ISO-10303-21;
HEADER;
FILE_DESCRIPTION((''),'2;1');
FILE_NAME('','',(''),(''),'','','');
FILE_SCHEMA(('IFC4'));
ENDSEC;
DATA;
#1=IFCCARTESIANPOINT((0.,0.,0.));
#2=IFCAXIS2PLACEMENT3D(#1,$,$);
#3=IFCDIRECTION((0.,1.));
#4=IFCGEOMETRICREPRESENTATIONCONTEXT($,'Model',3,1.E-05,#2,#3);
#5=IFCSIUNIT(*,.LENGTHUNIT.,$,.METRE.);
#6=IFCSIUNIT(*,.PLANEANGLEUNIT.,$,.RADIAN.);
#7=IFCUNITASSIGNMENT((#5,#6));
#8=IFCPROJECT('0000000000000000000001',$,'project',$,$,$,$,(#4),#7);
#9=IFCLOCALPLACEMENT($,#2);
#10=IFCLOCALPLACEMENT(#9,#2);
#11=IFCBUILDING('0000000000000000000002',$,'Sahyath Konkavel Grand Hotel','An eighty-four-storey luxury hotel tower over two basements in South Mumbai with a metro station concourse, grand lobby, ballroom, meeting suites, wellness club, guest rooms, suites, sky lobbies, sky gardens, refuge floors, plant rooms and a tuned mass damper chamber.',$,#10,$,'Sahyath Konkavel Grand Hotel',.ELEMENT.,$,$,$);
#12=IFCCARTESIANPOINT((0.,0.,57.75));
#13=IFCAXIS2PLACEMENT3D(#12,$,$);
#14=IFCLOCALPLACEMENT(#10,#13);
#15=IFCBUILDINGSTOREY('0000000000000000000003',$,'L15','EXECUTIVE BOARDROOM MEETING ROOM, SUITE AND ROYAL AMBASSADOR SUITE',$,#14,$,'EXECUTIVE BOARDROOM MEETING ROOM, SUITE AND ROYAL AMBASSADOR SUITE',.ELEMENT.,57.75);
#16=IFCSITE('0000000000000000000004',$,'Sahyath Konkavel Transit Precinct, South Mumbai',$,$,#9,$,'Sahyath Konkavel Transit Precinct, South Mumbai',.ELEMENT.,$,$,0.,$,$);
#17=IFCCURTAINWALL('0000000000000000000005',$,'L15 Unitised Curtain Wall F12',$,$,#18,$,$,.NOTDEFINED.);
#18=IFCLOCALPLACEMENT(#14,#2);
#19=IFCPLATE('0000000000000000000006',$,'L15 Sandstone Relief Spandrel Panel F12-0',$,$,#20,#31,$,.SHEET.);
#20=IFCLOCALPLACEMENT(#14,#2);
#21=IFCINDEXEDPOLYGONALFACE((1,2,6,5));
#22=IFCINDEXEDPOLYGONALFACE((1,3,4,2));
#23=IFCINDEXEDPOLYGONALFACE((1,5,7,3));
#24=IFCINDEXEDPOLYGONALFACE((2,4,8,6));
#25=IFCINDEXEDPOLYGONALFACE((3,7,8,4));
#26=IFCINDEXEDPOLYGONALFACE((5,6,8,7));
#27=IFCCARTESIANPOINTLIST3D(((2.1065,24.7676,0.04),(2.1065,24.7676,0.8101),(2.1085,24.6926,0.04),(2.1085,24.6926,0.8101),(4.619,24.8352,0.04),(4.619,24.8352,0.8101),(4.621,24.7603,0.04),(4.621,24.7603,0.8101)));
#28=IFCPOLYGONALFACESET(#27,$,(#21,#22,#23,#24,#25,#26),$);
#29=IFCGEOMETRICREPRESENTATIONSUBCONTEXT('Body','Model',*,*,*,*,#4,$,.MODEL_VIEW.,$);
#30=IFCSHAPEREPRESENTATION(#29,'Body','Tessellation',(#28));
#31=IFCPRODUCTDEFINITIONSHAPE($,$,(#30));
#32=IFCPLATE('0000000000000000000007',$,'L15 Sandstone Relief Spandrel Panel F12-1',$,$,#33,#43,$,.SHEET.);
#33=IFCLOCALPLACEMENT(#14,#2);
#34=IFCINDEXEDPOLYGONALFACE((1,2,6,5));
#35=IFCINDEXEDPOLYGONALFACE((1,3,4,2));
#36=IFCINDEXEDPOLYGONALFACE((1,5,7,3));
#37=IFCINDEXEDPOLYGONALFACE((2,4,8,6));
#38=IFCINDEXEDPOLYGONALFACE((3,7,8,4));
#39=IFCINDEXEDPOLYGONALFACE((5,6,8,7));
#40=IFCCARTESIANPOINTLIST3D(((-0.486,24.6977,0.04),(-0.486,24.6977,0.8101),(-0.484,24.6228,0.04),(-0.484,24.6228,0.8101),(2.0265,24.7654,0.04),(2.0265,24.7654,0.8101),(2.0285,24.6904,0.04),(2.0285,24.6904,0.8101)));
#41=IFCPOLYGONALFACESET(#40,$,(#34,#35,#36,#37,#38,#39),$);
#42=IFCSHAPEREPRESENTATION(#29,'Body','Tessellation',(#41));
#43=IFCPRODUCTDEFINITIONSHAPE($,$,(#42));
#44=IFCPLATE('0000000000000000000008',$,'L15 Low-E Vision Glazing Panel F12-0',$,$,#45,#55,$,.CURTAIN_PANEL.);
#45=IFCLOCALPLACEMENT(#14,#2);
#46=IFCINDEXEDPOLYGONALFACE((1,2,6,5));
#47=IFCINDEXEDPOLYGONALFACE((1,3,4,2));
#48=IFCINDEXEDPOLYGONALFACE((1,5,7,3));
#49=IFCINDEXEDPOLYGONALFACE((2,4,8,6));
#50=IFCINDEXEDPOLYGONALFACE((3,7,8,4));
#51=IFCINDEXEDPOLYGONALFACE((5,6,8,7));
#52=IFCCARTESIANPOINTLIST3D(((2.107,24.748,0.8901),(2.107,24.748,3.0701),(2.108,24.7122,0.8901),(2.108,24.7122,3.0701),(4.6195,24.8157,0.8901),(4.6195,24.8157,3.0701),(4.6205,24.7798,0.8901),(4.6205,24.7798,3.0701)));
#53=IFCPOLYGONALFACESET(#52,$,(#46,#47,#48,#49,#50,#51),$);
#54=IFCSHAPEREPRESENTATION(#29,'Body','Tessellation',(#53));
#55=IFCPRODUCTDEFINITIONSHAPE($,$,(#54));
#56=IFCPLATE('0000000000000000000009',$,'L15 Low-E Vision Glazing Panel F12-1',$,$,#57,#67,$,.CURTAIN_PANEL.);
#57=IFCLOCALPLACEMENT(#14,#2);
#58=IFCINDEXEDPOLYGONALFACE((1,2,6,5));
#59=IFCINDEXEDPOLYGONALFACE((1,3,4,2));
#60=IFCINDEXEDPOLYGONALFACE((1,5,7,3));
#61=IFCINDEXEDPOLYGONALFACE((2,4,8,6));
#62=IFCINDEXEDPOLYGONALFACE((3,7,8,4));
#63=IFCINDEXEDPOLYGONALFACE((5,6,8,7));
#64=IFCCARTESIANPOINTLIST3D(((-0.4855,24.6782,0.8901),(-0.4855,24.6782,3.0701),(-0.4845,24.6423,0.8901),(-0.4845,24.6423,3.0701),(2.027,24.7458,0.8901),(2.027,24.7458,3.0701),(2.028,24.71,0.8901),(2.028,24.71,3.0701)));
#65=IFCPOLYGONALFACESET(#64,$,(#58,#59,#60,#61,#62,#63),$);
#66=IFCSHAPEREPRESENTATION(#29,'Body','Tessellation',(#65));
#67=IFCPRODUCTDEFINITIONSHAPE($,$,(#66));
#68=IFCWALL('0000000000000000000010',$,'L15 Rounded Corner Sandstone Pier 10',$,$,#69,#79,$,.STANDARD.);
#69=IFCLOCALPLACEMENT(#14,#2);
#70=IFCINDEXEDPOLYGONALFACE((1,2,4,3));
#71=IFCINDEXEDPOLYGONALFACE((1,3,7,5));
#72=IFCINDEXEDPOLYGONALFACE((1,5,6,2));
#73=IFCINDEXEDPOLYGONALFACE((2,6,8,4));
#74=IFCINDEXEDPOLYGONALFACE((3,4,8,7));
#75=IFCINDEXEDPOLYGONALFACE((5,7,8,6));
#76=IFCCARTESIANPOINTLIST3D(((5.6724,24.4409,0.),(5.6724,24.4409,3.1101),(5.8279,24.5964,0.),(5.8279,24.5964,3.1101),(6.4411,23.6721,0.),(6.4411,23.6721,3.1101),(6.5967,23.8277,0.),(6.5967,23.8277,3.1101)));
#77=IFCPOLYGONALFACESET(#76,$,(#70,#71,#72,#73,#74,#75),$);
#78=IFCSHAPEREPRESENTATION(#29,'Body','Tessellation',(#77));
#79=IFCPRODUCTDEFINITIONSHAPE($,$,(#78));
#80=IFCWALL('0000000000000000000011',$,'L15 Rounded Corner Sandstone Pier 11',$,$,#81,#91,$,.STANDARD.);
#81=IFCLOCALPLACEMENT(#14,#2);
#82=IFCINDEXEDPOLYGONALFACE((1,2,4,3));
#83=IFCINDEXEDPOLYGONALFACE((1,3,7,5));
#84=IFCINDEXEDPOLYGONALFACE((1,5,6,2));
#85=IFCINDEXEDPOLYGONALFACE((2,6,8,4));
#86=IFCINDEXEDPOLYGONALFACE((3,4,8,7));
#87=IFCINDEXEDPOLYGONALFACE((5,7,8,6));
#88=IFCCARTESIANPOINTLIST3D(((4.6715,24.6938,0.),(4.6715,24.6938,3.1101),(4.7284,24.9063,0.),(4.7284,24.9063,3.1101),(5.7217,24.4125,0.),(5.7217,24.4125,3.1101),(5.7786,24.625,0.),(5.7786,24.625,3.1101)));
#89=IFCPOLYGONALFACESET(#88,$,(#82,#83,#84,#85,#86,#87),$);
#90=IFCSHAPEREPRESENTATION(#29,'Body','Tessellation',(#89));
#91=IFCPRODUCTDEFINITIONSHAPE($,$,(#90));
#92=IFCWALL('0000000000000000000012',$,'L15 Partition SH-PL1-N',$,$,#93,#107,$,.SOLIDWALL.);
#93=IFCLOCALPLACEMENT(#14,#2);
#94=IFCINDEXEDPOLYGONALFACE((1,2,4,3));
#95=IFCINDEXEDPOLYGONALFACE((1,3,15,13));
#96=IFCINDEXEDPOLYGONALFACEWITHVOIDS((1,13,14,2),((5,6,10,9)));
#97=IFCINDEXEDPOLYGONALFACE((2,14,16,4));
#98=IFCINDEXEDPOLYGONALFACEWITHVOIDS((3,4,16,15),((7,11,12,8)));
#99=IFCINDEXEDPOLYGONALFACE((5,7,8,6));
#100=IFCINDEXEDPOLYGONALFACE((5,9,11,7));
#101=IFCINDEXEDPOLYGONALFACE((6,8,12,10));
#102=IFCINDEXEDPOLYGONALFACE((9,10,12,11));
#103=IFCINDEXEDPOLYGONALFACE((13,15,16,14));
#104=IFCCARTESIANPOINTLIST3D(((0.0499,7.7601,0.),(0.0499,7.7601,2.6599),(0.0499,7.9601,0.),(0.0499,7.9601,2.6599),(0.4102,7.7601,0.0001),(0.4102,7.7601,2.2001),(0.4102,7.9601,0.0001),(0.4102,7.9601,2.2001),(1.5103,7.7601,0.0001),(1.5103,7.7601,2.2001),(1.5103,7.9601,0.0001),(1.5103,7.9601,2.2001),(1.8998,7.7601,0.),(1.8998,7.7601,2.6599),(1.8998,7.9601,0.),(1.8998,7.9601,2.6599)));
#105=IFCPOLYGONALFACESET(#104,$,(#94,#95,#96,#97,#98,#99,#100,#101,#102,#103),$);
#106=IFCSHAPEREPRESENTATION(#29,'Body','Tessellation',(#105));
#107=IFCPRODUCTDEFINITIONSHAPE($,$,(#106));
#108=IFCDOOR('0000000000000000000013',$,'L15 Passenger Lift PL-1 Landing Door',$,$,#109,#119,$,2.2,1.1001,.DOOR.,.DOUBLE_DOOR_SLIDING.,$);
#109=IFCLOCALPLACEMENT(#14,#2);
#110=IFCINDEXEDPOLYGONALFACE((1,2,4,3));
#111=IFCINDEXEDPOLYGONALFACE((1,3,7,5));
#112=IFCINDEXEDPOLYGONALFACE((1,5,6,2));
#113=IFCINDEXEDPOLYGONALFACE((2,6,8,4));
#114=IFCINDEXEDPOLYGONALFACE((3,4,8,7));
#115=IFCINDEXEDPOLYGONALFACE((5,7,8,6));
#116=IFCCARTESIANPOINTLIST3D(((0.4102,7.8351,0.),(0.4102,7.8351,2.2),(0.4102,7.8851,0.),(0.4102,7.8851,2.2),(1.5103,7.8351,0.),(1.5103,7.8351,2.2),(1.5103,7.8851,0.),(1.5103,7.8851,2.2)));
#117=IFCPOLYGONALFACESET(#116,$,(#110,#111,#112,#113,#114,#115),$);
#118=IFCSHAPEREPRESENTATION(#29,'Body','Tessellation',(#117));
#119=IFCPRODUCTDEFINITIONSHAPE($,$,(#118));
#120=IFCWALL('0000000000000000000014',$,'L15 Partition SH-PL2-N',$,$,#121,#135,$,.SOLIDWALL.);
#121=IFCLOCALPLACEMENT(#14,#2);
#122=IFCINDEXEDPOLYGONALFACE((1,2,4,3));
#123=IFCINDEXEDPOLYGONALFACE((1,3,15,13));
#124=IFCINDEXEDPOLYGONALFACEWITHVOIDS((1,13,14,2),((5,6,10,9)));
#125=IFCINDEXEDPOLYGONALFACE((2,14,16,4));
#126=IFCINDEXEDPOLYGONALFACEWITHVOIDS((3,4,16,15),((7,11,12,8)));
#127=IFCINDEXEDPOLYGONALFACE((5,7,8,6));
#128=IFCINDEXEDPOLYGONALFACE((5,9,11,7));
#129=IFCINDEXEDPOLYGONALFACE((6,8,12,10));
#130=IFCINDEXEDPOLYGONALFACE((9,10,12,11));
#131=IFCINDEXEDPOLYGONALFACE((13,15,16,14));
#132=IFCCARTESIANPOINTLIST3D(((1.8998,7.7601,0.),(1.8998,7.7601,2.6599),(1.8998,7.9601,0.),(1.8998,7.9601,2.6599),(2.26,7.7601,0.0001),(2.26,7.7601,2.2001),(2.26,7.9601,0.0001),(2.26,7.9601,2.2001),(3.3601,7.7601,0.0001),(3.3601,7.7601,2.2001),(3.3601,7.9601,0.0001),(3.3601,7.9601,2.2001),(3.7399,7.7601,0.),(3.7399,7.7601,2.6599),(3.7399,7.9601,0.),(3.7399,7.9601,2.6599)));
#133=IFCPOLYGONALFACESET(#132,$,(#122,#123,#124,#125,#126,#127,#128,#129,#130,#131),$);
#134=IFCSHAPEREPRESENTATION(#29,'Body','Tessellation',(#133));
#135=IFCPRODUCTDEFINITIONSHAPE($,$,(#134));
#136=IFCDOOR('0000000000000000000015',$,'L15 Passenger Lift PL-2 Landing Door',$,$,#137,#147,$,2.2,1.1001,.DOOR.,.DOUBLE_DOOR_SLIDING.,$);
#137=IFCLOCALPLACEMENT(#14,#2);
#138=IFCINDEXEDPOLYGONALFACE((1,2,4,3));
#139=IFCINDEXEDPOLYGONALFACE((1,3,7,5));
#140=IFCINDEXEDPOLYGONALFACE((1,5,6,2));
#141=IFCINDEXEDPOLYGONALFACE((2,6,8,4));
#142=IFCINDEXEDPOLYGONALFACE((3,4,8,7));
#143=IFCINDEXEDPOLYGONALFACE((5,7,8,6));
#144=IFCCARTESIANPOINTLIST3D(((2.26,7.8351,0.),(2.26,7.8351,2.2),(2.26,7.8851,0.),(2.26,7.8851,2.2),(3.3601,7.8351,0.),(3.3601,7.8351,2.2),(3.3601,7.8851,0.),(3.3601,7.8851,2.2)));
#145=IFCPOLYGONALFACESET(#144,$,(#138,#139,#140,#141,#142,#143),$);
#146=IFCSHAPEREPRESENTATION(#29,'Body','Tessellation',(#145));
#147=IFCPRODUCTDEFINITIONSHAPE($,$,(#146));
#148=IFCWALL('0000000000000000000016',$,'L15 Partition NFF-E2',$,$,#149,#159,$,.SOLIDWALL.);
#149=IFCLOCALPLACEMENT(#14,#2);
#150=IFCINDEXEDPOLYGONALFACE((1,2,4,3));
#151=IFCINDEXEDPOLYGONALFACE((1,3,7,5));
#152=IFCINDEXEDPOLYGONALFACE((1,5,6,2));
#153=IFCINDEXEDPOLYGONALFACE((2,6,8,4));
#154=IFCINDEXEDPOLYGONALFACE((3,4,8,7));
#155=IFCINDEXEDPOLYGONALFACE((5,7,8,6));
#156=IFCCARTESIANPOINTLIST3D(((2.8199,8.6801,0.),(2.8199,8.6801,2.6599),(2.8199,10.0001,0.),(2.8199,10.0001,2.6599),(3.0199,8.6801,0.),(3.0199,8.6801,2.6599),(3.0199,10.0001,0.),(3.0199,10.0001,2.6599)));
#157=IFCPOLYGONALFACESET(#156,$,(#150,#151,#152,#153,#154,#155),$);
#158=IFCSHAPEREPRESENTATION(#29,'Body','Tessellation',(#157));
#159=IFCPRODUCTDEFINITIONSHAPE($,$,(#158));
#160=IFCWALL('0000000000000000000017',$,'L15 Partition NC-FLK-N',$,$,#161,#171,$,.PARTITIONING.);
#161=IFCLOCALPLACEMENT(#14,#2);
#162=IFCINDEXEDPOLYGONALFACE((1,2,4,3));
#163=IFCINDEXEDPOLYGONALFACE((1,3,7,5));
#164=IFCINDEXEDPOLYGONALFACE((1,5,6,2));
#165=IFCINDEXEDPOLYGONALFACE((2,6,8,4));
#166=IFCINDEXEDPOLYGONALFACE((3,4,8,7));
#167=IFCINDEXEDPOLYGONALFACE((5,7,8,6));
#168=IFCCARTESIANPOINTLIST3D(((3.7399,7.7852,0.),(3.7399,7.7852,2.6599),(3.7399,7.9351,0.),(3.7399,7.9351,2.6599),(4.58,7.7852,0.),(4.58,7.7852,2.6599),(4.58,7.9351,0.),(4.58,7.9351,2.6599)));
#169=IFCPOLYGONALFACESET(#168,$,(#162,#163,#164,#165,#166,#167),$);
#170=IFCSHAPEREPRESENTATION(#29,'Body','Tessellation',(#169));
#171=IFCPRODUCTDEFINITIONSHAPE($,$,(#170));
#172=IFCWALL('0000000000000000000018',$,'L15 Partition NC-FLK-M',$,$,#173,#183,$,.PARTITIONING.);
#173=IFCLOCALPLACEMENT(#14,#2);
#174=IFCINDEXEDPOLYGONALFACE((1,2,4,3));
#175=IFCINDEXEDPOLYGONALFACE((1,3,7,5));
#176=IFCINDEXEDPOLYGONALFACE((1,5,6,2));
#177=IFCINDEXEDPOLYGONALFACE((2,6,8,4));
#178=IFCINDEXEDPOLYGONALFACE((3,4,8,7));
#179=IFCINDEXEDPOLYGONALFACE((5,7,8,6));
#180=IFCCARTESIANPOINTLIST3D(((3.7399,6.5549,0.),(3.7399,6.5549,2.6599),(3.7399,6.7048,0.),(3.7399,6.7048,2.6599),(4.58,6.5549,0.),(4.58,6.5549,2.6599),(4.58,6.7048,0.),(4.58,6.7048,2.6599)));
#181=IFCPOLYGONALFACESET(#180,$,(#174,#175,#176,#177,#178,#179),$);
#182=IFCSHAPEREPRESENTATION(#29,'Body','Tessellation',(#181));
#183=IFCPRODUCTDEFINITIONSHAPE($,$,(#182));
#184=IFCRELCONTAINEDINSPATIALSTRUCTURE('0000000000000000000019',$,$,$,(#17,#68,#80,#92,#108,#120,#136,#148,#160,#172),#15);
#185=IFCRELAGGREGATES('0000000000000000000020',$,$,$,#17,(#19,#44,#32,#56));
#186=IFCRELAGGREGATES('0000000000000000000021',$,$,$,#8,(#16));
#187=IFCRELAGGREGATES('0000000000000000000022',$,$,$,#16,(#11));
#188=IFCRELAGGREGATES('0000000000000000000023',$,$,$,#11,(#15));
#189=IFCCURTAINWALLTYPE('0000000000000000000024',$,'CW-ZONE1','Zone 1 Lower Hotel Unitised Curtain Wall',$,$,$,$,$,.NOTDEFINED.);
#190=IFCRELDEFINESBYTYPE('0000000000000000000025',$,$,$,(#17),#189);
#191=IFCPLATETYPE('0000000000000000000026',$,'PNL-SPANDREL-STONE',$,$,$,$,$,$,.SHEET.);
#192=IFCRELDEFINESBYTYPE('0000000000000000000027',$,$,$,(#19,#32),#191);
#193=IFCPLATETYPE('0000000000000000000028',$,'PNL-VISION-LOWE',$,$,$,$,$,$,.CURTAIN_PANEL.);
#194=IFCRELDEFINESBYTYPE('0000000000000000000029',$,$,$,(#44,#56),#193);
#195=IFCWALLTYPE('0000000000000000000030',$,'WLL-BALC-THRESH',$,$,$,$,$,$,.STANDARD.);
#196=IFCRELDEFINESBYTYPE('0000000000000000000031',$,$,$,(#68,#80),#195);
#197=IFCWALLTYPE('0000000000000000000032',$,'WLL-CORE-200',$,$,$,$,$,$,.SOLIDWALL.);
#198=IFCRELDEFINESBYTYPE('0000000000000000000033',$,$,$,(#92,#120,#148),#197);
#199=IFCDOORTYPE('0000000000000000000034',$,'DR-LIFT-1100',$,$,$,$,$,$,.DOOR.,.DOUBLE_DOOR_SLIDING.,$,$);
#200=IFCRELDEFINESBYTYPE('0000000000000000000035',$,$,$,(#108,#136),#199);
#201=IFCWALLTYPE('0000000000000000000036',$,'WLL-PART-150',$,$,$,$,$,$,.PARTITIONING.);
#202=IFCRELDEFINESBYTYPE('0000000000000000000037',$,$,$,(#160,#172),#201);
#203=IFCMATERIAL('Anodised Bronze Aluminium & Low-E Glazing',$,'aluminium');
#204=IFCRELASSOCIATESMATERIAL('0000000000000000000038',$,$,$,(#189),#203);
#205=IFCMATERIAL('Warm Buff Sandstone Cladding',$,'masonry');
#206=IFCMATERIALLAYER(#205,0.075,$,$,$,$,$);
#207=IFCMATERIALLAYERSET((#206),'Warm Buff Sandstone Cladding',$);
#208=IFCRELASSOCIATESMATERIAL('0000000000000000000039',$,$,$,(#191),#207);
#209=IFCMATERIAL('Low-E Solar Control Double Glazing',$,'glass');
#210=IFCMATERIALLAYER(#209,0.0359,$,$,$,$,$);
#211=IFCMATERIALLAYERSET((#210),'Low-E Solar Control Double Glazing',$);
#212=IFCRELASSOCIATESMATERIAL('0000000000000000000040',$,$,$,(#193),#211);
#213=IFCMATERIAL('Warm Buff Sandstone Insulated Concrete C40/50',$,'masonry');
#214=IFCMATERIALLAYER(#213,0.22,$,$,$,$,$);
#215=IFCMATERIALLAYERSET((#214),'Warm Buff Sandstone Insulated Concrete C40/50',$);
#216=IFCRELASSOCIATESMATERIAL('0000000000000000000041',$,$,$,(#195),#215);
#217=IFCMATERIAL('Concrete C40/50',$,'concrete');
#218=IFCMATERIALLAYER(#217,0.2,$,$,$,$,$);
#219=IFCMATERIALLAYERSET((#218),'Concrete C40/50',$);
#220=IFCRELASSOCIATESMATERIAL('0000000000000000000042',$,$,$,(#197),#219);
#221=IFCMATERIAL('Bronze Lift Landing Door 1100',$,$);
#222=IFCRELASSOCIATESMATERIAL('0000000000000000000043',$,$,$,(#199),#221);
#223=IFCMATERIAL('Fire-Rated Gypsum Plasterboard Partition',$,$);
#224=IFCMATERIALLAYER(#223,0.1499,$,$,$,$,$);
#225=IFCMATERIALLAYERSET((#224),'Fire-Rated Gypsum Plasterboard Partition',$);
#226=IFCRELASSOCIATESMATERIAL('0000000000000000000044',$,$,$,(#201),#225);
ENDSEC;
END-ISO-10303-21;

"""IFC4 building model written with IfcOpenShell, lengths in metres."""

from ifc_helpers import new_model, si_unit, direction, frame, frame_2d, origin, origin_2d, place, context, subcontext, project, spatial, rectangle, extrude, source, transform, mapped, material, layer, layer_set, type_object, element, fill, aggregate, save


model = new_model("IFC4")

# Units and contexts
model_context = context("Model", 3, precision=1e-05, world=origin(), true_north=direction((0.0, 1.0)))
body_context = subcontext(model_context, "Body", "Model", "MODEL_VIEW")
ifc_project = project(units=[si_unit("LENGTHUNIT", "METRE"), si_unit("PLANEANGLEUNIT", "RADIAN")], contexts=[model_context])

# Site, building, storey
site_placement = place(None, origin())
site = spatial("IfcSite", under=ifc_project, at=site_placement, Name="Sahyath Konkavel Transit Precinct, South Mumbai", LongName="Sahyath Konkavel Transit Precinct, South Mumbai", CompositionType="ELEMENT", RefElevation=0.0)
building_placement = place(site_placement, origin())
building = spatial("IfcBuilding", under=site, at=building_placement, Name="Sahyath Konkavel Grand Hotel", Description="An eighty-four-storey luxury hotel tower over two basements in South Mumbai with a metro station concourse, grand lobby, ballroom, meeting suites, wellness club, guest rooms, suites, sky lobbies, sky gardens, refuge floors, plant rooms and a tuned mass damper chamber.", LongName="Sahyath Konkavel Grand Hotel", CompositionType="ELEMENT")
storey_placement = place(building_placement, frame((0.0, 0.0, 57.75)))
storey = spatial("IfcBuildingStorey", under=building, at=storey_placement, Name="L15", Description="EXECUTIVE BOARDROOM MEETING ROOM, SUITE AND ROYAL AMBASSADOR SUITE", LongName="EXECUTIVE BOARDROOM MEETING ROOM, SUITE AND ROYAL AMBASSADOR SUITE", CompositionType="ELEMENT", Elevation=57.75)

# Curtain wall, plates
ifc_material_1 = material(Name="Anodised Bronze Aluminium & Low-E Glazing", Category="aluminium")
curtain_wall_type = type_object("IfcCurtainWallType", Name="CW-ZONE1", Description="Zone 1 Lower Hotel Unitised Curtain Wall", PredefinedType="NOTDEFINED", material=ifc_material_1)
curtain_wall_placement = place(storey_placement, origin())
curtain_wall = element("IfcCurtainWall", 1, at=curtain_wall_placement, inside=storey, type_object=curtain_wall_type, Name="L15 Unitised Curtain Wall F12", PredefinedType="NOTDEFINED")
ifc_material_2 = material(Name="Warm Buff Sandstone Cladding", Category="masonry")
ifc_layer_1 = layer(ifc_material_2, 0.075)
ifc_layer_set_1 = layer_set([ifc_layer_1], Name="Warm Buff Sandstone Cladding")
plate_type_1 = type_object("IfcPlateType", Name="PNL-SPANDREL-STONE", PredefinedType="SHEET", material=ifc_layer_set_1)
shared_shape_1 = source(origin(), body_context, "Body", "SweptSolid", [
    extrude(rectangle(XDim=2.5134, YDim=0.075, at=origin_2d()), origin(), (0.0, 0.0, 1.0), 0.77),
])
plate_1_placement = place(storey_placement, frame((3.3638, 24.7639, 0.04), z_axis=(0.0, 0.0, 1.0), x_axis=(-0.999638, -0.02691, 0.0)))
plate_1 = element("IfcPlate", 2, at=plate_1_placement, type_object=plate_type_1, Name="L15 Sandstone Relief Spandrel Panel F12-0", PredefinedType="SHEET", context=body_context, shape_type="MappedRepresentation", body=[
    mapped(shared_shape_1, transform((0.0, 0.0, 0.0), scale=1.0)),
])
plate_2_placement = place(storey_placement, frame((0.7712, 24.6941, 0.04), z_axis=(0.0, 0.0, 1.0), x_axis=(-0.999638, -0.02691, 0.0)))
plate_2 = element("IfcPlate", 3, at=plate_2_placement, type_object=plate_type_1, Name="L15 Sandstone Relief Spandrel Panel F12-1", PredefinedType="SHEET", context=body_context, shape_type="MappedRepresentation", body=[
    mapped(shared_shape_1, transform((0.0, 0.0, 0.0), scale=1.0)),
])
ifc_material_3 = material(Name="Low-E Solar Control Double Glazing", Category="glass")
ifc_layer_2 = layer(ifc_material_3, 0.0359)
ifc_layer_set_2 = layer_set([ifc_layer_2], Name="Low-E Solar Control Double Glazing")
plate_type_2 = type_object("IfcPlateType", Name="PNL-VISION-LOWE", PredefinedType="CURTAIN_PANEL", material=ifc_layer_set_2)
shared_shape_2 = source(origin(), body_context, "Body", "SweptSolid", [
    extrude(rectangle(XDim=2.5134, YDim=0.0359, at=origin_2d()), origin(), (0.0, 0.0, 1.0), 2.1799),
])
plate_3_placement = place(storey_placement, frame((3.3638, 24.7639, 0.8901), z_axis=(0.0, 0.0, 1.0), x_axis=(-0.999638, -0.02691, 0.0)))
plate_3 = element("IfcPlate", 4, at=plate_3_placement, type_object=plate_type_2, Name="L15 Low-E Vision Glazing Panel F12-0", PredefinedType="CURTAIN_PANEL", context=body_context, shape_type="MappedRepresentation", body=[
    mapped(shared_shape_2, transform((0.0, 0.0, 0.0), scale=1.0)),
])
plate_4_placement = place(storey_placement, frame((0.7712, 24.6941, 0.8901), z_axis=(0.0, 0.0, 1.0), x_axis=(-0.999638, -0.02691, 0.0)))
plate_4 = element("IfcPlate", 5, at=plate_4_placement, type_object=plate_type_2, Name="L15 Low-E Vision Glazing Panel F12-1", PredefinedType="CURTAIN_PANEL", context=body_context, shape_type="MappedRepresentation", body=[
    mapped(shared_shape_2, transform((0.0, 0.0, 0.0), scale=1.0)),
])
aggregate(curtain_wall, [plate_1, plate_3, plate_2, plate_4])

# Walls
ifc_material_4 = material(Name="Warm Buff Sandstone Insulated Concrete C40/50", Category="masonry")
ifc_layer_3 = layer(ifc_material_4, 0.22)
ifc_layer_set_3 = layer_set([ifc_layer_3], Name="Warm Buff Sandstone Insulated Concrete C40/50")
wall_type_1 = type_object("IfcWallType", Name="WLL-BALC-THRESH", PredefinedType="STANDARD", material=ifc_layer_set_3)
for number, where, z_axis, x_axis, name in (
    (6, (6.5188, 23.75, 0.0), (0.0, 0.0, 1.0), (-0.707107, 0.707107, 0.0), "L15 Rounded Corner Sandstone Pier 10"),
    (7, (5.75, 24.5188, 0.0), (0.0, 0.0, 1.0), (-0.965951, 0.258725, 0.0), "L15 Rounded Corner Sandstone Pier 11"),
):
    element("IfcWall", number, at=place(storey_placement, frame(where, z_axis=z_axis, x_axis=x_axis)), inside=storey, type_object=wall_type_1, Name=name, PredefinedType="STANDARD", context=body_context, shape_type="SweptSolid", body=[
        extrude(rectangle(XDim=1.0872, YDim=0.22, at=frame_2d((0.5435, 0.0))), origin(), (0.0, 0.0, 1.0), 3.1101),
    ])

# Walls, openings, doors
ifc_material_5 = material(Name="Concrete C40/50", Category="concrete")
ifc_layer_4 = layer(ifc_material_5, 0.2)
ifc_layer_set_4 = layer_set([ifc_layer_4], Name="Concrete C40/50")
wall_type_2 = type_object("IfcWallType", Name="WLL-CORE-200", PredefinedType="SOLIDWALL", material=ifc_layer_set_4)
wall_1_placement = place(storey_placement, frame((0.05, 7.8601, 0.0), z_axis=(0.0, 0.0, 1.0), x_axis=(1.0, 0.0, 0.0)))
wall_1 = element("IfcWall", 8, at=wall_1_placement, inside=storey, type_object=wall_type_2, Name="L15 Partition SH-PL1-N", PredefinedType="SOLIDWALL", context=body_context, shape_type="SweptSolid", body=[
    extrude(rectangle(XDim=1.8499, YDim=0.2, at=frame_2d((0.9248, 0.0))), origin(), (0.0, 0.0, 1.0), 2.6599),
])
opening_1_placement = place(wall_1_placement, frame((0.3601, 0.0, 0.0)))
opening_1 = element("IfcOpeningElement", 9, at=opening_1_placement, cuts=wall_1, PredefinedType="OPENING", context=body_context, shape_type="SweptSolid", body=[
    extrude(rectangle(XDim=1.1001, YDim=2.2, at=frame_2d((0.55, 1.1001))), frame((0.0, 0.1099, 0.0), z_axis=(0.0, -1.0, 0.0), x_axis=(1.0, 0.0, 0.0)), (0.0, 0.0, 1.0), 0.22),
])
ifc_material_6 = material(Name="Bronze Lift Landing Door 1100")
door_type_1 = type_object("IfcDoorType", Name="DR-LIFT-1100", OperationType="DOUBLE_DOOR_SLIDING", PredefinedType="DOOR", material=ifc_material_6)
shared_shape_3 = source(origin(), body_context, "Body", "SweptSolid", [
    extrude(rectangle(XDim=1.1001, YDim=0.05, at=origin_2d()), origin(), (0.0, 0.0, 1.0), 2.2),
])
door_1_placement = place(opening_1_placement, frame((0.55, 0.0, 0.0)))
door_1 = element("IfcDoor", 10, at=door_1_placement, inside=storey, type_object=door_type_1, Name="L15 Passenger Lift PL-1 Landing Door", OperationType="DOUBLE_DOOR_SLIDING", OverallHeight=2.2, OverallWidth=1.1001, PredefinedType="DOOR", context=body_context, shape_type="MappedRepresentation", body=[
    mapped(shared_shape_3, transform((0.0, 0.0, 0.0), scale=1.0)),
])
fill(opening_1, door_1)
wall_2_placement = place(storey_placement, frame((1.8999, 7.8601, 0.0), z_axis=(0.0, 0.0, 1.0), x_axis=(1.0, 0.0, 0.0)))
wall_2 = element("IfcWall", 11, at=wall_2_placement, inside=storey, type_object=wall_type_2, Name="L15 Partition SH-PL2-N", PredefinedType="SOLIDWALL", context=body_context, shape_type="SweptSolid", body=[
    extrude(rectangle(XDim=1.8401, YDim=0.2, at=frame_2d((0.9199, 0.0))), origin(), (0.0, 0.0, 1.0), 2.6599),
])
opening_2_placement = place(wall_2_placement, frame((0.3601, 0.0, 0.0)))
opening_2 = element("IfcOpeningElement", 12, at=opening_2_placement, cuts=wall_2, PredefinedType="OPENING", context=body_context, shape_type="SweptSolid", body=[
    extrude(rectangle(XDim=1.1001, YDim=2.2, at=frame_2d((0.55, 1.1001))), frame((0.0, 0.1099, 0.0), z_axis=(0.0, -1.0, 0.0), x_axis=(1.0, 0.0, 0.0)), (0.0, 0.0, 1.0), 0.22),
])
door_2_placement = place(opening_2_placement, frame((0.55, 0.0, 0.0)))
door_2 = element("IfcDoor", 13, at=door_2_placement, inside=storey, type_object=door_type_1, Name="L15 Passenger Lift PL-2 Landing Door", OperationType="DOUBLE_DOOR_SLIDING", OverallHeight=2.2, OverallWidth=1.1001, PredefinedType="DOOR", context=body_context, shape_type="MappedRepresentation", body=[
    mapped(shared_shape_3, transform((0.0, 0.0, 0.0), scale=1.0)),
])
fill(opening_2, door_2)

# Walls
wall_3_placement = place(storey_placement, frame((2.9199, 8.6799, 0.0), z_axis=(0.0, 0.0, 1.0), x_axis=(0.0, 1.0, 0.0)))
element("IfcWall", 14, at=wall_3_placement, inside=storey, type_object=wall_type_2, Name="L15 Partition NFF-E2", PredefinedType="SOLIDWALL", context=body_context, shape_type="SweptSolid", body=[
    extrude(rectangle(XDim=1.3201, YDim=0.2, at=frame_2d((0.6602, 0.0))), origin(), (0.0, 0.0, 1.0), 2.6599),
])
ifc_material_7 = material(Name="Fire-Rated Gypsum Plasterboard Partition")
ifc_layer_5 = layer(ifc_material_7, 0.1499)
ifc_layer_set_5 = layer_set([ifc_layer_5], Name="Fire-Rated Gypsum Plasterboard Partition")
wall_type_3 = type_object("IfcWallType", Name="WLL-PART-150", PredefinedType="PARTITIONING", material=ifc_layer_set_5)
for number, where, z_axis, x_axis, name in (
    (15, (3.74, 7.8601, 0.0), (0.0, 0.0, 1.0), (1.0, 0.0, 0.0), "L15 Partition NC-FLK-N"),
    (16, (3.74, 6.6299, 0.0), (0.0, 0.0, 1.0), (1.0, 0.0, 0.0), "L15 Partition NC-FLK-M"),
):
    element("IfcWall", number, at=place(storey_placement, frame(where, z_axis=z_axis, x_axis=x_axis)), inside=storey, type_object=wall_type_3, Name=name, PredefinedType="PARTITIONING", context=body_context, shape_type="SweptSolid", body=[
        extrude(rectangle(XDim=0.8401, YDim=0.1499, at=frame_2d((0.4199, 0.0))), origin(), (0.0, 0.0, 1.0), 2.6599),
    ])

save(model, "model.ifc")
